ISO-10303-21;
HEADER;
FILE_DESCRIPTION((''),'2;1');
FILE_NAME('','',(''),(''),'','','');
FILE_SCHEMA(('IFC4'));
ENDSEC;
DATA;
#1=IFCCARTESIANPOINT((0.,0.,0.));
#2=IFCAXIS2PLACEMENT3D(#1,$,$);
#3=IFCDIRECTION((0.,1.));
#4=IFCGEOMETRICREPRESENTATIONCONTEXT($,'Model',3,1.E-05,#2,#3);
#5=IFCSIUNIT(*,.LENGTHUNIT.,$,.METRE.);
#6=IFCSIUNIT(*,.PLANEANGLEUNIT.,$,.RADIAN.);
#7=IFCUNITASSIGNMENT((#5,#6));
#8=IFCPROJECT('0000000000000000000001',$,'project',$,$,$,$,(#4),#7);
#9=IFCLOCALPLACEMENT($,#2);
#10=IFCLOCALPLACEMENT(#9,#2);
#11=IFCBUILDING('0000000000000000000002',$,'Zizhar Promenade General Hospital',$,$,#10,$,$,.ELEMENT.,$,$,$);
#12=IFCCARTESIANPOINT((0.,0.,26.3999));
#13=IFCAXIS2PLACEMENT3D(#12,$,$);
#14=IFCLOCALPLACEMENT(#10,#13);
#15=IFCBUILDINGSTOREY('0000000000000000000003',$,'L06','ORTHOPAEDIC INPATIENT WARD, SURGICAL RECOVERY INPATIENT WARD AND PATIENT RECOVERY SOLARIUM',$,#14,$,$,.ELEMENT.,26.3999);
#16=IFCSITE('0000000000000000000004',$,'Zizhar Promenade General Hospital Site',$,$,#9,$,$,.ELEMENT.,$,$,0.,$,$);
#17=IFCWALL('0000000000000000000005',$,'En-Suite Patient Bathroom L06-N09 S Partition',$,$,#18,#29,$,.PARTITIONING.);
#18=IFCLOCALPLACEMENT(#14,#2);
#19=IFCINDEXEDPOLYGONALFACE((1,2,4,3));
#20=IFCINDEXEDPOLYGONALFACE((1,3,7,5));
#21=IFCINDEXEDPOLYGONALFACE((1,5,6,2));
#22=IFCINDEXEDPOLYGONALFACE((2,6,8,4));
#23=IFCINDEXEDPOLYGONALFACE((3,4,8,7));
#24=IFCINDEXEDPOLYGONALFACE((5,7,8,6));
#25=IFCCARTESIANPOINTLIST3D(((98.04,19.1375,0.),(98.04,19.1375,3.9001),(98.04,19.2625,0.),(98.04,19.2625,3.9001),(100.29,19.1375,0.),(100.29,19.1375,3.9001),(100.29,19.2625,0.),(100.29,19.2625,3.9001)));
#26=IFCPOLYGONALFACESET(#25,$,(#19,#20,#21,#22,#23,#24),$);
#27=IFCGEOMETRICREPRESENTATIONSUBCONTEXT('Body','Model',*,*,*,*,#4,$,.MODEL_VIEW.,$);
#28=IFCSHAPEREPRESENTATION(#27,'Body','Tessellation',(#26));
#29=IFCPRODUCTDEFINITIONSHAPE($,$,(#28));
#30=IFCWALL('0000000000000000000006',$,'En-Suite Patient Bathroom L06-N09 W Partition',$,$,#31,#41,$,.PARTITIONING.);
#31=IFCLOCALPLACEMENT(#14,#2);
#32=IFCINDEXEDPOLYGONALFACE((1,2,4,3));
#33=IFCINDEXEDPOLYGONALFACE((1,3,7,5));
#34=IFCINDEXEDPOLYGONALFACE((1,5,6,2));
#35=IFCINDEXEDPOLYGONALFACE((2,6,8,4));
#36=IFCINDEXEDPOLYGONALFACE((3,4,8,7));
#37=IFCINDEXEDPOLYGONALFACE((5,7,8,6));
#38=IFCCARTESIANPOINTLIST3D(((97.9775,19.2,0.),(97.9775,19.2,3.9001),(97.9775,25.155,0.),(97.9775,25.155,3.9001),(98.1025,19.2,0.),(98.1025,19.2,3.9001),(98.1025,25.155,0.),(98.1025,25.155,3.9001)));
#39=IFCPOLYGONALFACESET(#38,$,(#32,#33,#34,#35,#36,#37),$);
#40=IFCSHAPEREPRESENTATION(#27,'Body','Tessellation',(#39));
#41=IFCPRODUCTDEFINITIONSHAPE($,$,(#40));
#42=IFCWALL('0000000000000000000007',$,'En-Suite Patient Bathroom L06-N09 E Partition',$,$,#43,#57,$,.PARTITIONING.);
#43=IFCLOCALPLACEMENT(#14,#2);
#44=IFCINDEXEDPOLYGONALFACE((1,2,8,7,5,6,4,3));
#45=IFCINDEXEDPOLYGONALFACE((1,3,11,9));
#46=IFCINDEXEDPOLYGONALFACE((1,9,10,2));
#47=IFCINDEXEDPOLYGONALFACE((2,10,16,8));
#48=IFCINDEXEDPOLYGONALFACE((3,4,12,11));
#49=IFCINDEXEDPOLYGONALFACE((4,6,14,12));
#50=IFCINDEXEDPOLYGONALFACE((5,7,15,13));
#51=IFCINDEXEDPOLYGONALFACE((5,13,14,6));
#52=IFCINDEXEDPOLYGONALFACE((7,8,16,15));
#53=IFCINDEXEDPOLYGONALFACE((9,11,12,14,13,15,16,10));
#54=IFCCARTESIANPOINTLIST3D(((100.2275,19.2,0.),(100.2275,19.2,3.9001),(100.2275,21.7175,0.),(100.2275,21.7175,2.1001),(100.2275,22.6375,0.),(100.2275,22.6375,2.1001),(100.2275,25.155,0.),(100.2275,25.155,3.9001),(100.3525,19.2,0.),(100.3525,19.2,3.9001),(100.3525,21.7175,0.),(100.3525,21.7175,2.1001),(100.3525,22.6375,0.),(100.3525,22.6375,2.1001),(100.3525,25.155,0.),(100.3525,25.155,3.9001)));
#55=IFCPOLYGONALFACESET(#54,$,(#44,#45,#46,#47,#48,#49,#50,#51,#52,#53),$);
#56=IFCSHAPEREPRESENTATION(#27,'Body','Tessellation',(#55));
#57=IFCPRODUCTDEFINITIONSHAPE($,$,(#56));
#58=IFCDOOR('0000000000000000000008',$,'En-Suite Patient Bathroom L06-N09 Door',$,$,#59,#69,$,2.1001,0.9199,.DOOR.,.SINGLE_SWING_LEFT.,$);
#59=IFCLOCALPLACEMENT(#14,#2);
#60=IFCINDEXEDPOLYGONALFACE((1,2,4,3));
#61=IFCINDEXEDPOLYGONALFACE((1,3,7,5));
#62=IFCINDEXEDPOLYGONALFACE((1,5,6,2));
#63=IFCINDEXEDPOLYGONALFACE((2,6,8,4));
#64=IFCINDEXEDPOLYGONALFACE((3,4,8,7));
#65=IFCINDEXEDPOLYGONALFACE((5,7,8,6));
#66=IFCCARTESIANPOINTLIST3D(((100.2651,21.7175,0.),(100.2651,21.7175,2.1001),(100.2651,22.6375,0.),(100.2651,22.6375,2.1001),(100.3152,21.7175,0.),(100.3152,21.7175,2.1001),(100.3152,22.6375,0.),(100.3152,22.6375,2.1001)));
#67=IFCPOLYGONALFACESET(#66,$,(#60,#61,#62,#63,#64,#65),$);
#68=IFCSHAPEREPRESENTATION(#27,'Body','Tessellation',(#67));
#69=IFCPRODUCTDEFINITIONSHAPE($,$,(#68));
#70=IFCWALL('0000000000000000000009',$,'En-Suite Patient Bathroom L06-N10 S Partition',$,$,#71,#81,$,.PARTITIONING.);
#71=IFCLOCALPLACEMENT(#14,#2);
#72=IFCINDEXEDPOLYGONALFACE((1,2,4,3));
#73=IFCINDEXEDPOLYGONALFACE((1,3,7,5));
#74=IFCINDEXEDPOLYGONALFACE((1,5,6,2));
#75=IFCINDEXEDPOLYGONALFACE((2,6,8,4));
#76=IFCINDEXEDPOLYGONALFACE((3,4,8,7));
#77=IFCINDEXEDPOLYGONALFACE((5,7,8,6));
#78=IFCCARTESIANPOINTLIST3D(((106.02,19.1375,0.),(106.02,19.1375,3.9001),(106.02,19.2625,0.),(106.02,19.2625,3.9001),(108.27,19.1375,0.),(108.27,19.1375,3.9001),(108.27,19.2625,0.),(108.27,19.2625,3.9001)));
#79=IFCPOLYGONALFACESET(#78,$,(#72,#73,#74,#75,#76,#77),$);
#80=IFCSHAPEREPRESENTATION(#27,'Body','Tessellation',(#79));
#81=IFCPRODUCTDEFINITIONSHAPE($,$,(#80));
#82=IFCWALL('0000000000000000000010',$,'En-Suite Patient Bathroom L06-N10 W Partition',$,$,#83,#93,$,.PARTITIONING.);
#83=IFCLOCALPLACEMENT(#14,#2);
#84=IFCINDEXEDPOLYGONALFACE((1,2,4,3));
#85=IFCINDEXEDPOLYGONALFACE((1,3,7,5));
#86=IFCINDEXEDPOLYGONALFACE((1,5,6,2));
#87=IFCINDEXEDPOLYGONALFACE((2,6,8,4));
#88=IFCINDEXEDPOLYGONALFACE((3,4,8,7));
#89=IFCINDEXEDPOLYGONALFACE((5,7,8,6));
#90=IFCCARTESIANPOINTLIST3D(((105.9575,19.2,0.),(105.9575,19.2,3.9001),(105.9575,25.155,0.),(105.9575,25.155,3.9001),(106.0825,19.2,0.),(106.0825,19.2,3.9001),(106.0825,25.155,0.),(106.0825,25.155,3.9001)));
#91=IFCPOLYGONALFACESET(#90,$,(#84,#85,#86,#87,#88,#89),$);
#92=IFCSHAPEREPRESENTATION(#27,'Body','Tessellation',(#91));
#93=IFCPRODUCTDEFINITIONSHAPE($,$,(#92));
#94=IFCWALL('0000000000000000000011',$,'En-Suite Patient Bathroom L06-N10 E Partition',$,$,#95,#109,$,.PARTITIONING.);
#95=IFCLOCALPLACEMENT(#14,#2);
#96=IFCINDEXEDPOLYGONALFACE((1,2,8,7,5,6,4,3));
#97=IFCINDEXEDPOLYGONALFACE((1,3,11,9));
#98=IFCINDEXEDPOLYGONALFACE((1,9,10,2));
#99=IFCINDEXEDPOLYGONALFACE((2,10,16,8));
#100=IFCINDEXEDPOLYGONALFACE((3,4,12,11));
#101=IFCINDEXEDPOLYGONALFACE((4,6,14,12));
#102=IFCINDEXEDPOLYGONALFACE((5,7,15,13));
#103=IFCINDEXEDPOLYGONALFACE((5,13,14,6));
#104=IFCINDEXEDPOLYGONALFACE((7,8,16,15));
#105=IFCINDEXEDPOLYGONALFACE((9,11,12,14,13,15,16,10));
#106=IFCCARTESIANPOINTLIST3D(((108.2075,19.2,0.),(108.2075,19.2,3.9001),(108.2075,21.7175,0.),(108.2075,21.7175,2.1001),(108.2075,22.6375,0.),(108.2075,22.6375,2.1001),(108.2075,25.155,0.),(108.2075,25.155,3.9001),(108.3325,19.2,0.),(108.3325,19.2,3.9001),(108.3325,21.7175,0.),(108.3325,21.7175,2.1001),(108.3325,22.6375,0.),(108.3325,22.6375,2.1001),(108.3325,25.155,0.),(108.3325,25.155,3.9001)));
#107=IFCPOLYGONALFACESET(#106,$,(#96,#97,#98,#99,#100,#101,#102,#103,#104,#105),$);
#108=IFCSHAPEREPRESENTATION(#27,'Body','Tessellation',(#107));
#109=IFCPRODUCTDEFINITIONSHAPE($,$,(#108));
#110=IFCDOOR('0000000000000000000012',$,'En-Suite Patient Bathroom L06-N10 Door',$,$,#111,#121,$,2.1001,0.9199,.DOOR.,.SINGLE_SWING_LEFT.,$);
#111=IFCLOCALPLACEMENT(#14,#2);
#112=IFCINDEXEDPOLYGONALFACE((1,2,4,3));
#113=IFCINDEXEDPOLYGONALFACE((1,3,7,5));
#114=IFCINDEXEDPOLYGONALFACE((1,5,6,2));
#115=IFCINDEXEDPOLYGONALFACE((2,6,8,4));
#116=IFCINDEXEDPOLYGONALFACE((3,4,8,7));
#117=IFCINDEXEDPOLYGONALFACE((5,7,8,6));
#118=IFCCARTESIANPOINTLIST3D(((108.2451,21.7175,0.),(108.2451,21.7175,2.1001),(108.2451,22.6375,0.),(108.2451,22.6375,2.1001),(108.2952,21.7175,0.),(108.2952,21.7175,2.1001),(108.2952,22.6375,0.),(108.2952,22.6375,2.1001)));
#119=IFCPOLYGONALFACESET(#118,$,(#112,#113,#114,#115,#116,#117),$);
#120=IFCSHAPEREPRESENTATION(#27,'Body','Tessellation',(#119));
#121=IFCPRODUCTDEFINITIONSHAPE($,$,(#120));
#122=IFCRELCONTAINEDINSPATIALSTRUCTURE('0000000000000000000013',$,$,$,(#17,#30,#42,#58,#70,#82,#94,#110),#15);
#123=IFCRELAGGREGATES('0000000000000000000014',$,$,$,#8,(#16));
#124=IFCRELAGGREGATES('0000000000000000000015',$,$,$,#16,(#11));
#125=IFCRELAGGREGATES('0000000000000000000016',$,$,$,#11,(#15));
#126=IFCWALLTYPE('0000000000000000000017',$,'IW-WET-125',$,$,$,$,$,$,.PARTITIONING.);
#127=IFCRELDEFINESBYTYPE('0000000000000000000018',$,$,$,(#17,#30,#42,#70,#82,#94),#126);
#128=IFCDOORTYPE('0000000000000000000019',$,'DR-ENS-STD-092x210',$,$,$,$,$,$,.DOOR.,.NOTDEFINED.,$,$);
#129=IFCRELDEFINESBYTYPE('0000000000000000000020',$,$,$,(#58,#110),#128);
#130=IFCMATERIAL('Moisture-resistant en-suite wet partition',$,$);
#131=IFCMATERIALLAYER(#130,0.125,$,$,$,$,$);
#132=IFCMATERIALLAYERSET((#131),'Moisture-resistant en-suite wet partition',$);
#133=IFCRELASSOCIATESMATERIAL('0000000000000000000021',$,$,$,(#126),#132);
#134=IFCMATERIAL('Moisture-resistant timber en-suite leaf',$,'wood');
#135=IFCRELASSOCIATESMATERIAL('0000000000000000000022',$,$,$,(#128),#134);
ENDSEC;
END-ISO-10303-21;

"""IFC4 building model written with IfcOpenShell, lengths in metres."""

from ifc_helpers import new_model, si_unit, direction, frame, frame_2d, origin, place, context, subcontext, project, spatial, rectangle, extrude, material, layer, layer_set, type_object, element, fill, save


model = new_model("IFC4")

# Units and contexts
model_context = context("Model", 3, precision=1e-05, world=origin(), true_north=direction((0.0, 1.0)))
body_context = subcontext(model_context, "Body", "Model", "MODEL_VIEW")
ifc_project = project(units=[si_unit("LENGTHUNIT", "METRE"), si_unit("PLANEANGLEUNIT", "RADIAN")], contexts=[model_context])

# Site, building, storey
site_placement = place(None, origin())
site = spatial("IfcSite", under=ifc_project, at=site_placement, Name="Zizhar Promenade General Hospital Site", CompositionType="ELEMENT", RefElevation=0.0)
building_placement = place(site_placement, origin())
building = spatial("IfcBuilding", under=site, at=building_placement, Name="Zizhar Promenade General Hospital", CompositionType="ELEMENT")
storey_placement = place(building_placement, frame((0.0, 0.0, 26.3999)))
storey = spatial("IfcBuildingStorey", under=building, at=storey_placement, Name="L06", Description="ORTHOPAEDIC INPATIENT WARD, SURGICAL RECOVERY INPATIENT WARD AND PATIENT RECOVERY SOLARIUM", CompositionType="ELEMENT", Elevation=26.3999)

# Walls
ifc_material_1 = material(Name="Moisture-resistant en-suite wet partition")
ifc_layer_1 = layer(ifc_material_1, 0.125)
ifc_layer_set_1 = layer_set([ifc_layer_1], Name="Moisture-resistant en-suite wet partition")
wall_type_1 = type_object("IfcWallType", Name="IW-WET-125", PredefinedType="PARTITIONING", material=ifc_layer_set_1)
wall_1_placement = place(storey_placement, frame((98.04, 19.2, 0.0), z_axis=(0.0, 0.0, 1.0), x_axis=(1.0, 0.0, 0.0)))
element("IfcWall", 1, at=wall_1_placement, inside=storey, type_object=wall_type_1, Name="En-Suite Patient Bathroom L06-N09 S Partition", PredefinedType="PARTITIONING", context=body_context, shape_type="SweptSolid", body=[
    extrude(rectangle(XDim=2.25, YDim=0.125, at=frame_2d((1.125, 0.0))), origin(), (0.0, 0.0, 1.0), 3.9001),
])
wall_2_placement = place(storey_placement, frame((98.04, 19.2, 0.0), z_axis=(0.0, 0.0, 1.0), x_axis=(0.0, 1.0, 0.0)))
element("IfcWall", 2, at=wall_2_placement, inside=storey, type_object=wall_type_1, Name="En-Suite Patient Bathroom L06-N09 W Partition", PredefinedType="PARTITIONING", context=body_context, shape_type="SweptSolid", body=[
    extrude(rectangle(XDim=5.9551, YDim=0.125, at=frame_2d((2.9775, 0.0))), origin(), (0.0, 0.0, 1.0), 3.9001),
])

# Wall, opening, door
wall_3_placement = place(storey_placement, frame((100.29, 19.2, 0.0), z_axis=(0.0, 0.0, 1.0), x_axis=(0.0, 1.0, 0.0)))
wall_3 = element("IfcWall", 3, at=wall_3_placement, inside=storey, type_object=wall_type_1, Name="En-Suite Patient Bathroom L06-N09 E Partition", PredefinedType="PARTITIONING", context=body_context, shape_type="SweptSolid", body=[
    extrude(rectangle(XDim=5.9551, YDim=0.125, at=frame_2d((2.9775, 0.0))), origin(), (0.0, 0.0, 1.0), 3.9001),
])
opening_1_placement = place(wall_3_placement, frame((2.5176, 0.0, 0.0)))
opening_1 = element("IfcOpeningElement", 4, at=opening_1_placement, cuts=wall_3, PredefinedType="OPENING", context=body_context, shape_type="SweptSolid", body=[
    extrude(rectangle(XDim=0.9199, YDim=2.1001, at=frame_2d((0.46, 1.05))), frame((0.0, 0.0725, 0.0), z_axis=(0.0, -1.0, 0.0), x_axis=(1.0, 0.0, 0.0)), (0.0, 0.0, 1.0), 0.145),
])
ifc_material_2 = material(Name="Moisture-resistant timber en-suite leaf", Category="wood")
door_type_1 = type_object("IfcDoorType", Name="DR-ENS-STD-092x210", OperationType="NOTDEFINED", PredefinedType="DOOR", material=ifc_material_2)
door_1_placement = place(opening_1_placement, origin())
door_1 = element("IfcDoor", 5, at=door_1_placement, inside=storey, type_object=door_type_1, Name="En-Suite Patient Bathroom L06-N09 Door", OperationType="SINGLE_SWING_LEFT", OverallHeight=2.1001, OverallWidth=0.9199, PredefinedType="DOOR", context=body_context, shape_type="SweptSolid", body=[
    extrude(rectangle(XDim=0.9199, YDim=2.1001, at=frame_2d((0.46, 1.05))), frame((0.0, 0.0249, 0.0), z_axis=(0.0, -1.0, 0.0), x_axis=(1.0, 0.0, 0.0)), (0.0, 0.0, 1.0), 0.05),
])
fill(opening_1, door_1)

# Walls
wall_4_placement = place(storey_placement, frame((106.02, 19.2, 0.0), z_axis=(0.0, 0.0, 1.0), x_axis=(1.0, 0.0, 0.0)))
element("IfcWall", 6, at=wall_4_placement, inside=storey, type_object=wall_type_1, Name="En-Suite Patient Bathroom L06-N10 S Partition", PredefinedType="PARTITIONING", context=body_context, shape_type="SweptSolid", body=[
    extrude(rectangle(XDim=2.25, YDim=0.125, at=frame_2d((1.125, 0.0))), origin(), (0.0, 0.0, 1.0), 3.9001),
])
wall_5_placement = place(storey_placement, frame((106.02, 19.2, 0.0), z_axis=(0.0, 0.0, 1.0), x_axis=(0.0, 1.0, 0.0)))
element("IfcWall", 7, at=wall_5_placement, inside=storey, type_object=wall_type_1, Name="En-Suite Patient Bathroom L06-N10 W Partition", PredefinedType="PARTITIONING", context=body_context, shape_type="SweptSolid", body=[
    extrude(rectangle(XDim=5.9551, YDim=0.125, at=frame_2d((2.9775, 0.0))), origin(), (0.0, 0.0, 1.0), 3.9001),
])

# Wall, opening, door
wall_6_placement = place(storey_placement, frame((108.27, 19.2, 0.0), z_axis=(0.0, 0.0, 1.0), x_axis=(0.0, 1.0, 0.0)))
wall_6 = element("IfcWall", 8, at=wall_6_placement, inside=storey, type_object=wall_type_1, Name="En-Suite Patient Bathroom L06-N10 E Partition", PredefinedType="PARTITIONING", context=body_context, shape_type="SweptSolid", body=[
    extrude(rectangle(XDim=5.9551, YDim=0.125, at=frame_2d((2.9775, 0.0))), origin(), (0.0, 0.0, 1.0), 3.9001),
])
opening_2_placement = place(wall_6_placement, frame((2.5176, 0.0, 0.0)))
opening_2 = element("IfcOpeningElement", 9, at=opening_2_placement, cuts=wall_6, PredefinedType="OPENING", context=body_context, shape_type="SweptSolid", body=[
    extrude(rectangle(XDim=0.9199, YDim=2.1001, at=frame_2d((0.46, 1.05))), frame((0.0, 0.0725, 0.0), z_axis=(0.0, -1.0, 0.0), x_axis=(1.0, 0.0, 0.0)), (0.0, 0.0, 1.0), 0.145),
])
door_2_placement = place(opening_2_placement, origin())
door_2 = element("IfcDoor", 10, at=door_2_placement, inside=storey, type_object=door_type_1, Name="En-Suite Patient Bathroom L06-N10 Door", OperationType="SINGLE_SWING_LEFT", OverallHeight=2.1001, OverallWidth=0.9199, PredefinedType="DOOR", context=body_context, shape_type="SweptSolid", body=[
    extrude(rectangle(XDim=0.9199, YDim=2.1001, at=frame_2d((0.46, 1.05))), frame((0.0, 0.0249, 0.0), z_axis=(0.0, -1.0, 0.0), x_axis=(1.0, 0.0, 0.0)), (0.0, 0.0, 1.0), 0.05),
])
fill(opening_2, door_2)

save(model, "model.ifc")
